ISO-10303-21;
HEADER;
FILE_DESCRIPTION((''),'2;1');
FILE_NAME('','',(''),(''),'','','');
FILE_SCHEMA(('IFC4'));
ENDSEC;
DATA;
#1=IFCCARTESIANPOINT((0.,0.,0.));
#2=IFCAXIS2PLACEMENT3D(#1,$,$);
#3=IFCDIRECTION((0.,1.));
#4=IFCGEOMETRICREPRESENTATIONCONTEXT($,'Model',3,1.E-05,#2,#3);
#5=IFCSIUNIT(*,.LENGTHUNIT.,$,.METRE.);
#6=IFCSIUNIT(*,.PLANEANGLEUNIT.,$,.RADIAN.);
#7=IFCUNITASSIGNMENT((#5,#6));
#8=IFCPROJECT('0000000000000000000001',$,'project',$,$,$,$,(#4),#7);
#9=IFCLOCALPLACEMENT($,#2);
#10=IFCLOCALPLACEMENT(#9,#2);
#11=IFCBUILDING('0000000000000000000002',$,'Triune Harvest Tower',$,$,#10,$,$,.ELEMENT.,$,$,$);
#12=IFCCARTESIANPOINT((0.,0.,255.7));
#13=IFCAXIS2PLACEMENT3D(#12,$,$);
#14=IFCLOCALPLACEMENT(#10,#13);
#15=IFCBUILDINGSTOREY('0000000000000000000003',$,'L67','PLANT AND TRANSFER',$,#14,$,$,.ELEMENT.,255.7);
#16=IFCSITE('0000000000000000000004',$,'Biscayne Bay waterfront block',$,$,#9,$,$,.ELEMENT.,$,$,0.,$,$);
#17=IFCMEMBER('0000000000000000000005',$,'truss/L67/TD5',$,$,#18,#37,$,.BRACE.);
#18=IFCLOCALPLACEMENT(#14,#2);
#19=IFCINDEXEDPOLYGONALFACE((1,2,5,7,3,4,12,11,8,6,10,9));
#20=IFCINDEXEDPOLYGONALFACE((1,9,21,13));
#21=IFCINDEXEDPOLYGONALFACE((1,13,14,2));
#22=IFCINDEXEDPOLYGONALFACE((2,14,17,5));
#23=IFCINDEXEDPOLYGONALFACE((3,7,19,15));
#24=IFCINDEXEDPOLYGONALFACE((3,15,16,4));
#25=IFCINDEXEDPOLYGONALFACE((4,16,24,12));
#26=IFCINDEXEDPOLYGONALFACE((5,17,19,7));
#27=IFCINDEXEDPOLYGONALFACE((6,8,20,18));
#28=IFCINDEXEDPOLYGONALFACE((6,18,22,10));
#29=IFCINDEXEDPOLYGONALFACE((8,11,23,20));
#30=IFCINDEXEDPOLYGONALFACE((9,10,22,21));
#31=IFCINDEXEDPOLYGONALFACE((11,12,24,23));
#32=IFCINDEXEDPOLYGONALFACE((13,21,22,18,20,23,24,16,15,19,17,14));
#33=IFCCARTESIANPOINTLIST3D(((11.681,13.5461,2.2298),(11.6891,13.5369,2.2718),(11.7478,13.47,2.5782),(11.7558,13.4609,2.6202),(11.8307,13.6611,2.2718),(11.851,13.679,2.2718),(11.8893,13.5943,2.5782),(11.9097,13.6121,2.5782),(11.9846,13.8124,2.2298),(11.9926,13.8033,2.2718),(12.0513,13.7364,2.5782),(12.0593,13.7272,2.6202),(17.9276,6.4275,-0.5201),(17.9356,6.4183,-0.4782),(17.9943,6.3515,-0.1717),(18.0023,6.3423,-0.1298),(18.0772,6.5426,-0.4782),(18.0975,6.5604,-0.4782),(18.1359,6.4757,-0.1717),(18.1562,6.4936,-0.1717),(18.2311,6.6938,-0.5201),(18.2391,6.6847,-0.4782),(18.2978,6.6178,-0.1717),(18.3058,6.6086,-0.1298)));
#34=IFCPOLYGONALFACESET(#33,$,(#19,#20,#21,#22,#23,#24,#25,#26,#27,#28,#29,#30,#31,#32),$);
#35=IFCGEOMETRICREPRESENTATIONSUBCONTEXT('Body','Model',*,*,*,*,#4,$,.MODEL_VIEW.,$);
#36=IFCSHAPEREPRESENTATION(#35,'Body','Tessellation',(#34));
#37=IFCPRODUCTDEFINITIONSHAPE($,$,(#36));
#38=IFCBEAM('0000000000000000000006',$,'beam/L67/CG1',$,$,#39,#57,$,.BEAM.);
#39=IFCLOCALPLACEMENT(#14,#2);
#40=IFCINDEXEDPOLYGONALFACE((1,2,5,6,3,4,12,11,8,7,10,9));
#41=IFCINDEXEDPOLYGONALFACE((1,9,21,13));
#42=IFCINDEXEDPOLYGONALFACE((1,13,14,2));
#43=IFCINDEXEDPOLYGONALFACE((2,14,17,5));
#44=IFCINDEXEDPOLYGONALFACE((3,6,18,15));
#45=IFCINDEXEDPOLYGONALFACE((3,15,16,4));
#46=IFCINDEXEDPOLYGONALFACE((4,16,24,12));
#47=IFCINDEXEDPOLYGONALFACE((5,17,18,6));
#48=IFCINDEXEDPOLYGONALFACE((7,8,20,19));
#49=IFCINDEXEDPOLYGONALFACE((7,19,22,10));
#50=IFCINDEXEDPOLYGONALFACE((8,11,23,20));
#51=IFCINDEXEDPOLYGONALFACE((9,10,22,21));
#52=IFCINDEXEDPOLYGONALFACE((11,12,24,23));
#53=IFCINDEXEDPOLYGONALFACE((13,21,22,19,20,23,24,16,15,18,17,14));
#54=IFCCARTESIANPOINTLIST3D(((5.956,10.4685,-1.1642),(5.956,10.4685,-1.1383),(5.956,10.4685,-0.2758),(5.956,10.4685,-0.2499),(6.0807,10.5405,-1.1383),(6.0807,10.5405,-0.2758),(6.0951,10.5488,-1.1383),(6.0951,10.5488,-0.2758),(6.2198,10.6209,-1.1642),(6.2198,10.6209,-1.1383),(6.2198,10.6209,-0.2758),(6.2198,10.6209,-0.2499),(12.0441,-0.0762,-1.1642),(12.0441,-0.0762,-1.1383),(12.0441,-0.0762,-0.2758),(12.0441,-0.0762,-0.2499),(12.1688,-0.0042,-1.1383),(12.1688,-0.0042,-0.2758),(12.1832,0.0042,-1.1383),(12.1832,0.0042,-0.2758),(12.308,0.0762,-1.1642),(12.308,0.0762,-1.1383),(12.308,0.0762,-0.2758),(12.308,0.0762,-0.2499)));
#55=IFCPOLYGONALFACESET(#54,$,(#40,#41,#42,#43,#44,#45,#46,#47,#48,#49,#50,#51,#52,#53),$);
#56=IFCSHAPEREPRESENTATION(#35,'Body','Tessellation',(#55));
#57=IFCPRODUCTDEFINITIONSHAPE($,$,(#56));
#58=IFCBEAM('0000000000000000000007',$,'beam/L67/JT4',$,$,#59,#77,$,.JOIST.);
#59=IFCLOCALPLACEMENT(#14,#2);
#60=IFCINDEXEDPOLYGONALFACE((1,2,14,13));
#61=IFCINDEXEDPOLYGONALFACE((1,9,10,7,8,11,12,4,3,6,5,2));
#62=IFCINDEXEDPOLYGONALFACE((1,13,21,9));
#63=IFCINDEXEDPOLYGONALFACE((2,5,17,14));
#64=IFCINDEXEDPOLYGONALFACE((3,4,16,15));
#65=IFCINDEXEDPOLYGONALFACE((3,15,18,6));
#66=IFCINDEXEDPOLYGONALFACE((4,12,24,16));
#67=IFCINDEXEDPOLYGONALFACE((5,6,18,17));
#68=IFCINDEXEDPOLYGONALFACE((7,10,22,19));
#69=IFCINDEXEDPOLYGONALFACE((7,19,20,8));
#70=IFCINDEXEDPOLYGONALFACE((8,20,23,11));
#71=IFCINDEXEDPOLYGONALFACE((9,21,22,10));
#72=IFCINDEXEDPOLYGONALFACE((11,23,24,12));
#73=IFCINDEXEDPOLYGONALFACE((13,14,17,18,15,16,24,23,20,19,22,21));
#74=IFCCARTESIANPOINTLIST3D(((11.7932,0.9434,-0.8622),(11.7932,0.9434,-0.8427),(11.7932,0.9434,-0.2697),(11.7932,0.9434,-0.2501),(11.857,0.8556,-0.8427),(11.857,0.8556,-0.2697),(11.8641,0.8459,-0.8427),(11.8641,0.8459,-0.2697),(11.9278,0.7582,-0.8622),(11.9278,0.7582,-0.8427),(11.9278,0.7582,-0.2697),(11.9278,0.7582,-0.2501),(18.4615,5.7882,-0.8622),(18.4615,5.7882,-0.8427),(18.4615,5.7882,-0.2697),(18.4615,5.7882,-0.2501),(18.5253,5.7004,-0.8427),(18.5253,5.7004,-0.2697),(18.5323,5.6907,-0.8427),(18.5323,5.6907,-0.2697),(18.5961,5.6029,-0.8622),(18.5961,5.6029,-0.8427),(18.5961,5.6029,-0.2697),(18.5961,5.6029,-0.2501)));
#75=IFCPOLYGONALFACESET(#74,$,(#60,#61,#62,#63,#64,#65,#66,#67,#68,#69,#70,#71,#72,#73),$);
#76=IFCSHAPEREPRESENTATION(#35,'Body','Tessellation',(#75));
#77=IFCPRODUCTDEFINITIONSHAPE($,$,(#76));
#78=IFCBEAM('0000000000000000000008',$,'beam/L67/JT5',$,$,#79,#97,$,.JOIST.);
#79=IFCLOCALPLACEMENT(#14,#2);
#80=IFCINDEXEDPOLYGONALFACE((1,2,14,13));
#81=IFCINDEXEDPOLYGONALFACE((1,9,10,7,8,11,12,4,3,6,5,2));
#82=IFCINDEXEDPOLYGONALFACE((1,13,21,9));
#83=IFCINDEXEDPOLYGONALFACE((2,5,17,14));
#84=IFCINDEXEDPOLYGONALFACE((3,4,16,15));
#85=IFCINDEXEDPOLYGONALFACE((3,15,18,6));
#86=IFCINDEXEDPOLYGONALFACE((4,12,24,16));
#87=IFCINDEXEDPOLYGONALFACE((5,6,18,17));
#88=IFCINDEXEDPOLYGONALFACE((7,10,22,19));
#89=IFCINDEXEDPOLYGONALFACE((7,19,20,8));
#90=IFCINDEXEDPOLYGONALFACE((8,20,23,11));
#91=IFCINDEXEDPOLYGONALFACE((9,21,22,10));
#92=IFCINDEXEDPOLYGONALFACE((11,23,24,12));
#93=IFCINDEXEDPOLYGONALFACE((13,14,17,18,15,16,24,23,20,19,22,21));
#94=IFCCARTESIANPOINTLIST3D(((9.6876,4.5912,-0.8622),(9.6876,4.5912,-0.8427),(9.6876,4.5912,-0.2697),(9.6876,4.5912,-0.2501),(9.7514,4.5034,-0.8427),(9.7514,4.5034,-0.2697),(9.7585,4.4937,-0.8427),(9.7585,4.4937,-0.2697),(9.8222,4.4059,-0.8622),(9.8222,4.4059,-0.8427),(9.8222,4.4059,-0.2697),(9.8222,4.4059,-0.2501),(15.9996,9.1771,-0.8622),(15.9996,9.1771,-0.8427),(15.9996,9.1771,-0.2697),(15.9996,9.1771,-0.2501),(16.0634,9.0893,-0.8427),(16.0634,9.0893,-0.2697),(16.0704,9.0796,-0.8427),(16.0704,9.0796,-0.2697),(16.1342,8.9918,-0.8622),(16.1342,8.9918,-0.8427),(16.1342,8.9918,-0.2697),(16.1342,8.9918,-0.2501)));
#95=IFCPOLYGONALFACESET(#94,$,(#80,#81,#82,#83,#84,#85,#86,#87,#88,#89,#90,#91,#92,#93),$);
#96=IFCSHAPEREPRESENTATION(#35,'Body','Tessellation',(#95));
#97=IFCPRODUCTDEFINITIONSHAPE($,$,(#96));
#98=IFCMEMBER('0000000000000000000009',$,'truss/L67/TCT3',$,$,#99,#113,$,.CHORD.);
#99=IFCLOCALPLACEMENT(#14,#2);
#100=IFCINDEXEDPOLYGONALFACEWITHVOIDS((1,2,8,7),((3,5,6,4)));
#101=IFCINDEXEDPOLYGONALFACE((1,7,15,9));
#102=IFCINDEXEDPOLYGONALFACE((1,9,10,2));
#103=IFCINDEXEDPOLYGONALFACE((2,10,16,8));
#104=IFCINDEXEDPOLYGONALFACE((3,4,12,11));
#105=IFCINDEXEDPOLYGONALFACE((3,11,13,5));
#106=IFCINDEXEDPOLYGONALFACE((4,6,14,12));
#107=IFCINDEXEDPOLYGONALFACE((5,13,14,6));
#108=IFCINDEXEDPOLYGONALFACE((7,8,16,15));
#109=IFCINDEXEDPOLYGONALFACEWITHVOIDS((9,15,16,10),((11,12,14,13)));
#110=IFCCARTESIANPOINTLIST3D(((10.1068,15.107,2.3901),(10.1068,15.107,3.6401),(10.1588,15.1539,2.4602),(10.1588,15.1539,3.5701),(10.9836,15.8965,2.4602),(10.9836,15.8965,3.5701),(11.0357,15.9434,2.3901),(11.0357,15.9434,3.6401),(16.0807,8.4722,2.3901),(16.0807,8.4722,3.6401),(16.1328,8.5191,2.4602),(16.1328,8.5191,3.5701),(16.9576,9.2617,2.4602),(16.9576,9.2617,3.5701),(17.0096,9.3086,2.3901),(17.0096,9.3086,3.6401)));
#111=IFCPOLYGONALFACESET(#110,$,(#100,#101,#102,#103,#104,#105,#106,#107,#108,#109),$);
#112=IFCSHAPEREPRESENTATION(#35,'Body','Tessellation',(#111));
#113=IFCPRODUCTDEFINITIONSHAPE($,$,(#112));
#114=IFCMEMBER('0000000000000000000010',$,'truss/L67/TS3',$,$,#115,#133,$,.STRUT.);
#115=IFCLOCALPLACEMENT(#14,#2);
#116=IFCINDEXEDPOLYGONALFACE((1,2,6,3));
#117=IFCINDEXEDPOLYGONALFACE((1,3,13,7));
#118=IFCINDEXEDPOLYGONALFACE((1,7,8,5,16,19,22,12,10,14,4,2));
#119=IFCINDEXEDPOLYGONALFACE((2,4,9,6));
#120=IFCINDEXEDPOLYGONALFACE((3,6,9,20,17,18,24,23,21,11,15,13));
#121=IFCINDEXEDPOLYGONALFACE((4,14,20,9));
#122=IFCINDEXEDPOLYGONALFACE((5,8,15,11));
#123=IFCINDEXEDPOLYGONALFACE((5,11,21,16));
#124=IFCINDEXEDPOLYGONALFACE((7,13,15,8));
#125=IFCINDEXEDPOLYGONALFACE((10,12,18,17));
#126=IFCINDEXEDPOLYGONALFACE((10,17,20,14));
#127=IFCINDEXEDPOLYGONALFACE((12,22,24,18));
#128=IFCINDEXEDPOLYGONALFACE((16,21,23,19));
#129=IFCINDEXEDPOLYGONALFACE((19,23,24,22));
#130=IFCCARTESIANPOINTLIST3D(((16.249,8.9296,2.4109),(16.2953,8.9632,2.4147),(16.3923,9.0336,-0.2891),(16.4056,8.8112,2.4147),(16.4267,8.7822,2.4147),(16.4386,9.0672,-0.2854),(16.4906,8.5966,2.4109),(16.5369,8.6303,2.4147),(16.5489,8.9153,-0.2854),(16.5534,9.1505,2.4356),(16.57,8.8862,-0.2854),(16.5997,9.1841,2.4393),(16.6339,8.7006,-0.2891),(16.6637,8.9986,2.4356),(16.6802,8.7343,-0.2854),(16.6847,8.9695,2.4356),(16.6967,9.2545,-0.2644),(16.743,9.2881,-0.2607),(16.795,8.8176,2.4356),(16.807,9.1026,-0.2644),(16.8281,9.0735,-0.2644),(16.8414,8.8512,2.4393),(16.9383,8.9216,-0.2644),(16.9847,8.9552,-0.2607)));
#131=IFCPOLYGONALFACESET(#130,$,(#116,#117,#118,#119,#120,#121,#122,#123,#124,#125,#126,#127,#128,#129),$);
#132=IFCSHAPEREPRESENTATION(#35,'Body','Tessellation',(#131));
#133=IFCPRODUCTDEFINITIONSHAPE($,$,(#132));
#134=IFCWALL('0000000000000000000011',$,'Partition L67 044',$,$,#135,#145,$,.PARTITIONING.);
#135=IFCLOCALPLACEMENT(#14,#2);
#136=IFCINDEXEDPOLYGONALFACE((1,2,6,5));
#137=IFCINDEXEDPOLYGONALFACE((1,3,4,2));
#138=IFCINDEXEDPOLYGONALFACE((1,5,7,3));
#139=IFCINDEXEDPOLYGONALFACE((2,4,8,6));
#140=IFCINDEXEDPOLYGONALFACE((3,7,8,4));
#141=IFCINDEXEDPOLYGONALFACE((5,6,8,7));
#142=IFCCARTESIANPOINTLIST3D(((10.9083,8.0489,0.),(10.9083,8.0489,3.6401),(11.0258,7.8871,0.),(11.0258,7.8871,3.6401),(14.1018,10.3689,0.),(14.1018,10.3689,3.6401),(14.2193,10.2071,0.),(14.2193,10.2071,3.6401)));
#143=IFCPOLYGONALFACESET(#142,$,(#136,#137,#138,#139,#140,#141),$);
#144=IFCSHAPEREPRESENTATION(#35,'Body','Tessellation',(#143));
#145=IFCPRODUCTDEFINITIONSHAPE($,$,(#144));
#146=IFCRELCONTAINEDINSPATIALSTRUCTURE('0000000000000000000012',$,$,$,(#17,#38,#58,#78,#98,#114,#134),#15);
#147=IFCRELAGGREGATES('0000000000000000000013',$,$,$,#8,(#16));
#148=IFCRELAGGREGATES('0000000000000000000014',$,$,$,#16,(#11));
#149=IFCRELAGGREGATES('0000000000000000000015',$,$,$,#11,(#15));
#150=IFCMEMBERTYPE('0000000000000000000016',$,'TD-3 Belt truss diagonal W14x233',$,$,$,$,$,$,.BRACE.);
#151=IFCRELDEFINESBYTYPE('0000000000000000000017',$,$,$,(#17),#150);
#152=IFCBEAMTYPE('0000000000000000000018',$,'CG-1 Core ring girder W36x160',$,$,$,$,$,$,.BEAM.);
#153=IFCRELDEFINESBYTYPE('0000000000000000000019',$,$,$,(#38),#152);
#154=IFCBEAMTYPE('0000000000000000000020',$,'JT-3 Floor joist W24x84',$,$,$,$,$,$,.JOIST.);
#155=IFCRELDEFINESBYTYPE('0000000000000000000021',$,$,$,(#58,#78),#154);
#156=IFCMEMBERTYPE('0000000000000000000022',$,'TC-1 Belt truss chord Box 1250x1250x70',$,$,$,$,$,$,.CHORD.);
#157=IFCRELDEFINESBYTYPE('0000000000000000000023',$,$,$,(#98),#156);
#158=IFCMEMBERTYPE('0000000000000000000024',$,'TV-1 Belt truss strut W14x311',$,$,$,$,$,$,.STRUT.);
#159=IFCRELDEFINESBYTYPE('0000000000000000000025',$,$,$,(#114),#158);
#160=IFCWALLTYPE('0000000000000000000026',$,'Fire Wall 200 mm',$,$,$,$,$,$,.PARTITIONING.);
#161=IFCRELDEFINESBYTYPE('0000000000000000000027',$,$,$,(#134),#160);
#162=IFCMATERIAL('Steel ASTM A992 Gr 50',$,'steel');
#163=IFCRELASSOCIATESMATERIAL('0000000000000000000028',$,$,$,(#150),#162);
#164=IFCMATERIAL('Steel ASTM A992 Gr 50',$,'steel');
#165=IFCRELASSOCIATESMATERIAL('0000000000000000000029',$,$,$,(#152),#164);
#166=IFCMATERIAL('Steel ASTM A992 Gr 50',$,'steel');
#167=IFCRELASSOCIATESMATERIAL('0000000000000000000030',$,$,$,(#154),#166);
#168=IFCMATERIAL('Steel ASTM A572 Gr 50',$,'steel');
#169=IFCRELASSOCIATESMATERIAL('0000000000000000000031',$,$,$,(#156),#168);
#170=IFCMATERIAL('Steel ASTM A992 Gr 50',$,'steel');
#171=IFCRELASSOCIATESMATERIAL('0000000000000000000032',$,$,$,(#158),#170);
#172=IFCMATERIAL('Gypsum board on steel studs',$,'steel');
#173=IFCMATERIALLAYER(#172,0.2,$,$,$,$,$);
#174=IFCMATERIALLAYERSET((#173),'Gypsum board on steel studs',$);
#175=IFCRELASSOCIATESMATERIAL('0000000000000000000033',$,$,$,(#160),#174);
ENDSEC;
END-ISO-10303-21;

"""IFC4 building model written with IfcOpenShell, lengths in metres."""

from ifc_helpers import new_model, si_unit, direction, frame, frame_2d, origin, origin_2d, place, context, subcontext, project, spatial, rectangle, hollow_rectangle, i_section, extrude, source, transform, mapped, material, layer, layer_set, material_profile, profile_set, type_object, element, save


model = new_model("IFC4")

# Units and contexts
model_context = context("Model", 3, precision=1e-05, world=origin(), true_north=direction((0.0, 1.0)))
body_context = subcontext(model_context, "Body", "Model", "MODEL_VIEW")
ifc_project = project(units=[si_unit("LENGTHUNIT", "METRE"), si_unit("PLANEANGLEUNIT", "RADIAN")], contexts=[model_context])

# Site, building, storey
site_placement = place(None, origin())
site = spatial("IfcSite", under=ifc_project, at=site_placement, Name="Biscayne Bay waterfront block", CompositionType="ELEMENT", RefElevation=0.0)
building_placement = place(site_placement, origin())
building = spatial("IfcBuilding", under=site, at=building_placement, Name="Triune Harvest Tower", CompositionType="ELEMENT")
storey_placement = place(building_placement, frame((0.0, 0.0, 255.7)))
storey = spatial("IfcBuildingStorey", under=building, at=storey_placement, Name="L67", Description="PLANT AND TRANSFER", CompositionType="ELEMENT", Elevation=255.7)

# Member
ifc_material_1 = material(Name="Steel ASTM A992 Gr 50", Category="steel")
ifc_material_profile_1 = material_profile(ifc_material_1, i_section(OverallWidth=0.4038, OverallDepth=0.4065, WebThickness=0.0271, FlangeThickness=0.0437, at=origin_2d()), Name="W14x233")
ifc_profile_set_1 = profile_set([ifc_material_profile_1], Name="Steel ASTM A992 Gr 50")
member_type_1 = type_object("IfcMemberType", Name="TD-3 Belt truss diagonal W14x233", PredefinedType="BRACE", material=ifc_profile_set_1)
member_1_placement = place(storey_placement, frame((18.1167, 6.5181, -0.325), z_axis=(-0.633404, 0.721832, 0.27885), x_axis=(-0.751647, -0.659566, 0.0)))
element("IfcMember", 1, at=member_1_placement, inside=storey, type_object=member_type_1, Name="truss/L67/TD5", PredefinedType="BRACE", context=body_context, shape_type="SweptSolid", body=[
    extrude(i_section(OverallWidth=0.4038, OverallDepth=0.4065, WebThickness=0.0271, FlangeThickness=0.0437, at=origin_2d()), origin(), (0.0, 0.0, 1.0), 9.8618),
])

# Beams
ifc_material_2 = material(Name="Steel ASTM A992 Gr 50", Category="steel")
ifc_material_profile_2 = material_profile(ifc_material_2, i_section(OverallWidth=0.3047, OverallDepth=0.9143, WebThickness=0.0166, FlangeThickness=0.0259, at=origin_2d()), Name="W36x160")
ifc_profile_set_2 = profile_set([ifc_material_profile_2], Name="Steel ASTM A992 Gr 50")
beam_type_1 = type_object("IfcBeamType", Name="CG-1 Core ring girder W36x160", PredefinedType="BEAM", material=ifc_profile_set_2)
shared_shape_1 = source(origin(), body_context, "Body", "SweptSolid", [
    extrude(i_section(OverallWidth=0.3047, OverallDepth=0.9143, WebThickness=0.0166, FlangeThickness=0.0259, at=origin_2d()), origin(), (0.0, 0.0, 1.0), 12.176),
])
beam_1_placement = place(storey_placement, frame((12.176, 0.0, -0.707), z_axis=(-0.50001, 0.86602, 0.0), x_axis=(-0.86602, -0.50001, 0.0)))
element("IfcBeam", 2, at=beam_1_placement, inside=storey, type_object=beam_type_1, Name="beam/L67/CG1", PredefinedType="BEAM", context=body_context, shape_type="MappedRepresentation", body=[
    mapped(shared_shape_1, transform((0.0, 0.0, 0.0), scale=1.0)),
])
ifc_material_3 = material(Name="Steel ASTM A992 Gr 50", Category="steel")
ifc_material_profile_3 = material_profile(ifc_material_3, i_section(OverallWidth=0.229, OverallDepth=0.6121, WebThickness=0.012, FlangeThickness=0.0195, at=origin_2d()), Name="W24x84")
ifc_profile_set_3 = profile_set([ifc_material_profile_3], Name="Steel ASTM A992 Gr 50")
beam_type_2 = type_object("IfcBeamType", Name="JT-3 Floor joist W24x84", PredefinedType="JOIST", material=ifc_profile_set_3)
shared_shape_2 = source(origin(), body_context, "Body", "SweptSolid", [
    extrude(i_section(OverallWidth=0.229, OverallDepth=0.6121, WebThickness=0.012, FlangeThickness=0.0195, at=origin_2d()), origin(), (0.0, 0.0, 1.0), 8.2424),
])
beam_2_placement = place(storey_placement, frame((18.5288, 5.6956, -0.5562), z_axis=(-0.809018, -0.587784, 0.0), x_axis=(0.587784, -0.809018, 0.0)))
element("IfcBeam", 3, at=beam_2_placement, inside=storey, type_object=beam_type_2, Name="beam/L67/JT4", PredefinedType="JOIST", context=body_context, shape_type="MappedRepresentation", body=[
    mapped(shared_shape_2, transform((0.0, 0.0, 0.0), scale=1.0)),
])
shared_shape_3 = source(origin(), body_context, "Body", "SweptSolid", [
    extrude(i_section(OverallWidth=0.229, OverallDepth=0.6121, WebThickness=0.012, FlangeThickness=0.0195, at=origin_2d()), origin(), (0.0, 0.0, 1.0), 7.802),
])
beam_3_placement = place(storey_placement, frame((16.0669, 9.0845, -0.5562), z_axis=(-0.809017, -0.587785, 0.0), x_axis=(0.587785, -0.809017, 0.0)))
element("IfcBeam", 4, at=beam_3_placement, inside=storey, type_object=beam_type_2, Name="beam/L67/JT5", PredefinedType="JOIST", context=body_context, shape_type="MappedRepresentation", body=[
    mapped(shared_shape_3, transform((0.0, 0.0, 0.0), scale=1.0)),
])

# Members
ifc_material_4 = material(Name="Steel ASTM A572 Gr 50", Category="steel")
ifc_material_profile_4 = material_profile(ifc_material_4, hollow_rectangle(XDim=1.25, YDim=1.25, WallThickness=0.0701, at=origin_2d()), Name="Box 1250x1250x70")
ifc_profile_set_4 = profile_set([ifc_material_profile_4], Name="Steel ASTM A572 Gr 50")
member_type_2 = type_object("IfcMemberType", Name="TC-1 Belt truss chord Box 1250x1250x70", PredefinedType="CHORD", material=ifc_profile_set_4)
shared_shape_4 = source(origin(), body_context, "Body", "SweptSolid", [
    extrude(hollow_rectangle(XDim=1.25, YDim=1.25, WallThickness=0.0701, at=origin_2d()), origin(), (0.0, 0.0, 1.0), 8.928),
])
member_2_placement = place(storey_placement, frame((16.5452, 8.8904, 3.0151), z_axis=(-0.669125, 0.74315, 0.0), x_axis=(-0.74315, -0.669125, 0.0)))
element("IfcMember", 5, at=member_2_placement, inside=storey, type_object=member_type_2, Name="truss/L67/TCT3", PredefinedType="CHORD", context=body_context, shape_type="MappedRepresentation", body=[
    mapped(shared_shape_4, transform((0.0, 0.0, 0.0), scale=1.0)),
])
ifc_material_5 = material(Name="Steel ASTM A992 Gr 50", Category="steel")
ifc_material_profile_5 = material_profile(ifc_material_5, i_section(OverallWidth=0.4114, OverallDepth=0.4343, WebThickness=0.0359, FlangeThickness=0.0574, at=origin_2d()), Name="W14x311")
ifc_profile_set_5 = profile_set([ifc_material_profile_5], Name="Steel ASTM A992 Gr 50")
member_type_3 = type_object("IfcMemberType", Name="TV-1 Belt truss strut W14x311", PredefinedType="STRUT", material=ifc_profile_set_5)
shared_shape_5 = source(origin(), body_context, "Body", "SweptSolid", [
    extrude(i_section(OverallWidth=0.4114, OverallDepth=0.4343, WebThickness=0.0359, FlangeThickness=0.0574, at=origin_2d()), origin(), (0.0, 0.0, 1.0), 2.7058),
])
member_3_placement = place(storey_placement, frame((16.6885, 8.9944, -0.2749), z_axis=(-0.052965, -0.038438, 0.997856), x_axis=(0.587352, -0.809332, 0.0)))
element("IfcMember", 6, at=member_3_placement, inside=storey, type_object=member_type_3, Name="truss/L67/TS3", PredefinedType="STRUT", context=body_context, shape_type="MappedRepresentation", body=[
    mapped(shared_shape_5, transform((0.0, 0.0, 0.0), scale=1.0)),
])

# Wall
ifc_material_6 = material(Name="Gypsum board on steel studs", Category="steel")
ifc_layer_1 = layer(ifc_material_6, 0.2)
ifc_layer_set_1 = layer_set([ifc_layer_1], Name="Gypsum board on steel studs")
wall_type_1 = type_object("IfcWallType", Name="Fire Wall 200 mm", PredefinedType="PARTITIONING", material=ifc_layer_set_1)
wall_1_placement = place(storey_placement, frame((10.967, 7.968, 0.0), z_axis=(0.0, 0.0, 1.0), x_axis=(0.809044, 0.587749, 0.0)))
element("IfcWall", 7, at=wall_1_placement, inside=storey, type_object=wall_type_1, Name="Partition L67 044", PredefinedType="PARTITIONING", context=body_context, shape_type="SweptSolid", body=[
    extrude(rectangle(XDim=3.9473, YDim=0.2, at=frame_2d((1.9736, 0.0))), origin(), (0.0, 0.0, 1.0), 3.6401),
])

save(model, "model.ifc")
